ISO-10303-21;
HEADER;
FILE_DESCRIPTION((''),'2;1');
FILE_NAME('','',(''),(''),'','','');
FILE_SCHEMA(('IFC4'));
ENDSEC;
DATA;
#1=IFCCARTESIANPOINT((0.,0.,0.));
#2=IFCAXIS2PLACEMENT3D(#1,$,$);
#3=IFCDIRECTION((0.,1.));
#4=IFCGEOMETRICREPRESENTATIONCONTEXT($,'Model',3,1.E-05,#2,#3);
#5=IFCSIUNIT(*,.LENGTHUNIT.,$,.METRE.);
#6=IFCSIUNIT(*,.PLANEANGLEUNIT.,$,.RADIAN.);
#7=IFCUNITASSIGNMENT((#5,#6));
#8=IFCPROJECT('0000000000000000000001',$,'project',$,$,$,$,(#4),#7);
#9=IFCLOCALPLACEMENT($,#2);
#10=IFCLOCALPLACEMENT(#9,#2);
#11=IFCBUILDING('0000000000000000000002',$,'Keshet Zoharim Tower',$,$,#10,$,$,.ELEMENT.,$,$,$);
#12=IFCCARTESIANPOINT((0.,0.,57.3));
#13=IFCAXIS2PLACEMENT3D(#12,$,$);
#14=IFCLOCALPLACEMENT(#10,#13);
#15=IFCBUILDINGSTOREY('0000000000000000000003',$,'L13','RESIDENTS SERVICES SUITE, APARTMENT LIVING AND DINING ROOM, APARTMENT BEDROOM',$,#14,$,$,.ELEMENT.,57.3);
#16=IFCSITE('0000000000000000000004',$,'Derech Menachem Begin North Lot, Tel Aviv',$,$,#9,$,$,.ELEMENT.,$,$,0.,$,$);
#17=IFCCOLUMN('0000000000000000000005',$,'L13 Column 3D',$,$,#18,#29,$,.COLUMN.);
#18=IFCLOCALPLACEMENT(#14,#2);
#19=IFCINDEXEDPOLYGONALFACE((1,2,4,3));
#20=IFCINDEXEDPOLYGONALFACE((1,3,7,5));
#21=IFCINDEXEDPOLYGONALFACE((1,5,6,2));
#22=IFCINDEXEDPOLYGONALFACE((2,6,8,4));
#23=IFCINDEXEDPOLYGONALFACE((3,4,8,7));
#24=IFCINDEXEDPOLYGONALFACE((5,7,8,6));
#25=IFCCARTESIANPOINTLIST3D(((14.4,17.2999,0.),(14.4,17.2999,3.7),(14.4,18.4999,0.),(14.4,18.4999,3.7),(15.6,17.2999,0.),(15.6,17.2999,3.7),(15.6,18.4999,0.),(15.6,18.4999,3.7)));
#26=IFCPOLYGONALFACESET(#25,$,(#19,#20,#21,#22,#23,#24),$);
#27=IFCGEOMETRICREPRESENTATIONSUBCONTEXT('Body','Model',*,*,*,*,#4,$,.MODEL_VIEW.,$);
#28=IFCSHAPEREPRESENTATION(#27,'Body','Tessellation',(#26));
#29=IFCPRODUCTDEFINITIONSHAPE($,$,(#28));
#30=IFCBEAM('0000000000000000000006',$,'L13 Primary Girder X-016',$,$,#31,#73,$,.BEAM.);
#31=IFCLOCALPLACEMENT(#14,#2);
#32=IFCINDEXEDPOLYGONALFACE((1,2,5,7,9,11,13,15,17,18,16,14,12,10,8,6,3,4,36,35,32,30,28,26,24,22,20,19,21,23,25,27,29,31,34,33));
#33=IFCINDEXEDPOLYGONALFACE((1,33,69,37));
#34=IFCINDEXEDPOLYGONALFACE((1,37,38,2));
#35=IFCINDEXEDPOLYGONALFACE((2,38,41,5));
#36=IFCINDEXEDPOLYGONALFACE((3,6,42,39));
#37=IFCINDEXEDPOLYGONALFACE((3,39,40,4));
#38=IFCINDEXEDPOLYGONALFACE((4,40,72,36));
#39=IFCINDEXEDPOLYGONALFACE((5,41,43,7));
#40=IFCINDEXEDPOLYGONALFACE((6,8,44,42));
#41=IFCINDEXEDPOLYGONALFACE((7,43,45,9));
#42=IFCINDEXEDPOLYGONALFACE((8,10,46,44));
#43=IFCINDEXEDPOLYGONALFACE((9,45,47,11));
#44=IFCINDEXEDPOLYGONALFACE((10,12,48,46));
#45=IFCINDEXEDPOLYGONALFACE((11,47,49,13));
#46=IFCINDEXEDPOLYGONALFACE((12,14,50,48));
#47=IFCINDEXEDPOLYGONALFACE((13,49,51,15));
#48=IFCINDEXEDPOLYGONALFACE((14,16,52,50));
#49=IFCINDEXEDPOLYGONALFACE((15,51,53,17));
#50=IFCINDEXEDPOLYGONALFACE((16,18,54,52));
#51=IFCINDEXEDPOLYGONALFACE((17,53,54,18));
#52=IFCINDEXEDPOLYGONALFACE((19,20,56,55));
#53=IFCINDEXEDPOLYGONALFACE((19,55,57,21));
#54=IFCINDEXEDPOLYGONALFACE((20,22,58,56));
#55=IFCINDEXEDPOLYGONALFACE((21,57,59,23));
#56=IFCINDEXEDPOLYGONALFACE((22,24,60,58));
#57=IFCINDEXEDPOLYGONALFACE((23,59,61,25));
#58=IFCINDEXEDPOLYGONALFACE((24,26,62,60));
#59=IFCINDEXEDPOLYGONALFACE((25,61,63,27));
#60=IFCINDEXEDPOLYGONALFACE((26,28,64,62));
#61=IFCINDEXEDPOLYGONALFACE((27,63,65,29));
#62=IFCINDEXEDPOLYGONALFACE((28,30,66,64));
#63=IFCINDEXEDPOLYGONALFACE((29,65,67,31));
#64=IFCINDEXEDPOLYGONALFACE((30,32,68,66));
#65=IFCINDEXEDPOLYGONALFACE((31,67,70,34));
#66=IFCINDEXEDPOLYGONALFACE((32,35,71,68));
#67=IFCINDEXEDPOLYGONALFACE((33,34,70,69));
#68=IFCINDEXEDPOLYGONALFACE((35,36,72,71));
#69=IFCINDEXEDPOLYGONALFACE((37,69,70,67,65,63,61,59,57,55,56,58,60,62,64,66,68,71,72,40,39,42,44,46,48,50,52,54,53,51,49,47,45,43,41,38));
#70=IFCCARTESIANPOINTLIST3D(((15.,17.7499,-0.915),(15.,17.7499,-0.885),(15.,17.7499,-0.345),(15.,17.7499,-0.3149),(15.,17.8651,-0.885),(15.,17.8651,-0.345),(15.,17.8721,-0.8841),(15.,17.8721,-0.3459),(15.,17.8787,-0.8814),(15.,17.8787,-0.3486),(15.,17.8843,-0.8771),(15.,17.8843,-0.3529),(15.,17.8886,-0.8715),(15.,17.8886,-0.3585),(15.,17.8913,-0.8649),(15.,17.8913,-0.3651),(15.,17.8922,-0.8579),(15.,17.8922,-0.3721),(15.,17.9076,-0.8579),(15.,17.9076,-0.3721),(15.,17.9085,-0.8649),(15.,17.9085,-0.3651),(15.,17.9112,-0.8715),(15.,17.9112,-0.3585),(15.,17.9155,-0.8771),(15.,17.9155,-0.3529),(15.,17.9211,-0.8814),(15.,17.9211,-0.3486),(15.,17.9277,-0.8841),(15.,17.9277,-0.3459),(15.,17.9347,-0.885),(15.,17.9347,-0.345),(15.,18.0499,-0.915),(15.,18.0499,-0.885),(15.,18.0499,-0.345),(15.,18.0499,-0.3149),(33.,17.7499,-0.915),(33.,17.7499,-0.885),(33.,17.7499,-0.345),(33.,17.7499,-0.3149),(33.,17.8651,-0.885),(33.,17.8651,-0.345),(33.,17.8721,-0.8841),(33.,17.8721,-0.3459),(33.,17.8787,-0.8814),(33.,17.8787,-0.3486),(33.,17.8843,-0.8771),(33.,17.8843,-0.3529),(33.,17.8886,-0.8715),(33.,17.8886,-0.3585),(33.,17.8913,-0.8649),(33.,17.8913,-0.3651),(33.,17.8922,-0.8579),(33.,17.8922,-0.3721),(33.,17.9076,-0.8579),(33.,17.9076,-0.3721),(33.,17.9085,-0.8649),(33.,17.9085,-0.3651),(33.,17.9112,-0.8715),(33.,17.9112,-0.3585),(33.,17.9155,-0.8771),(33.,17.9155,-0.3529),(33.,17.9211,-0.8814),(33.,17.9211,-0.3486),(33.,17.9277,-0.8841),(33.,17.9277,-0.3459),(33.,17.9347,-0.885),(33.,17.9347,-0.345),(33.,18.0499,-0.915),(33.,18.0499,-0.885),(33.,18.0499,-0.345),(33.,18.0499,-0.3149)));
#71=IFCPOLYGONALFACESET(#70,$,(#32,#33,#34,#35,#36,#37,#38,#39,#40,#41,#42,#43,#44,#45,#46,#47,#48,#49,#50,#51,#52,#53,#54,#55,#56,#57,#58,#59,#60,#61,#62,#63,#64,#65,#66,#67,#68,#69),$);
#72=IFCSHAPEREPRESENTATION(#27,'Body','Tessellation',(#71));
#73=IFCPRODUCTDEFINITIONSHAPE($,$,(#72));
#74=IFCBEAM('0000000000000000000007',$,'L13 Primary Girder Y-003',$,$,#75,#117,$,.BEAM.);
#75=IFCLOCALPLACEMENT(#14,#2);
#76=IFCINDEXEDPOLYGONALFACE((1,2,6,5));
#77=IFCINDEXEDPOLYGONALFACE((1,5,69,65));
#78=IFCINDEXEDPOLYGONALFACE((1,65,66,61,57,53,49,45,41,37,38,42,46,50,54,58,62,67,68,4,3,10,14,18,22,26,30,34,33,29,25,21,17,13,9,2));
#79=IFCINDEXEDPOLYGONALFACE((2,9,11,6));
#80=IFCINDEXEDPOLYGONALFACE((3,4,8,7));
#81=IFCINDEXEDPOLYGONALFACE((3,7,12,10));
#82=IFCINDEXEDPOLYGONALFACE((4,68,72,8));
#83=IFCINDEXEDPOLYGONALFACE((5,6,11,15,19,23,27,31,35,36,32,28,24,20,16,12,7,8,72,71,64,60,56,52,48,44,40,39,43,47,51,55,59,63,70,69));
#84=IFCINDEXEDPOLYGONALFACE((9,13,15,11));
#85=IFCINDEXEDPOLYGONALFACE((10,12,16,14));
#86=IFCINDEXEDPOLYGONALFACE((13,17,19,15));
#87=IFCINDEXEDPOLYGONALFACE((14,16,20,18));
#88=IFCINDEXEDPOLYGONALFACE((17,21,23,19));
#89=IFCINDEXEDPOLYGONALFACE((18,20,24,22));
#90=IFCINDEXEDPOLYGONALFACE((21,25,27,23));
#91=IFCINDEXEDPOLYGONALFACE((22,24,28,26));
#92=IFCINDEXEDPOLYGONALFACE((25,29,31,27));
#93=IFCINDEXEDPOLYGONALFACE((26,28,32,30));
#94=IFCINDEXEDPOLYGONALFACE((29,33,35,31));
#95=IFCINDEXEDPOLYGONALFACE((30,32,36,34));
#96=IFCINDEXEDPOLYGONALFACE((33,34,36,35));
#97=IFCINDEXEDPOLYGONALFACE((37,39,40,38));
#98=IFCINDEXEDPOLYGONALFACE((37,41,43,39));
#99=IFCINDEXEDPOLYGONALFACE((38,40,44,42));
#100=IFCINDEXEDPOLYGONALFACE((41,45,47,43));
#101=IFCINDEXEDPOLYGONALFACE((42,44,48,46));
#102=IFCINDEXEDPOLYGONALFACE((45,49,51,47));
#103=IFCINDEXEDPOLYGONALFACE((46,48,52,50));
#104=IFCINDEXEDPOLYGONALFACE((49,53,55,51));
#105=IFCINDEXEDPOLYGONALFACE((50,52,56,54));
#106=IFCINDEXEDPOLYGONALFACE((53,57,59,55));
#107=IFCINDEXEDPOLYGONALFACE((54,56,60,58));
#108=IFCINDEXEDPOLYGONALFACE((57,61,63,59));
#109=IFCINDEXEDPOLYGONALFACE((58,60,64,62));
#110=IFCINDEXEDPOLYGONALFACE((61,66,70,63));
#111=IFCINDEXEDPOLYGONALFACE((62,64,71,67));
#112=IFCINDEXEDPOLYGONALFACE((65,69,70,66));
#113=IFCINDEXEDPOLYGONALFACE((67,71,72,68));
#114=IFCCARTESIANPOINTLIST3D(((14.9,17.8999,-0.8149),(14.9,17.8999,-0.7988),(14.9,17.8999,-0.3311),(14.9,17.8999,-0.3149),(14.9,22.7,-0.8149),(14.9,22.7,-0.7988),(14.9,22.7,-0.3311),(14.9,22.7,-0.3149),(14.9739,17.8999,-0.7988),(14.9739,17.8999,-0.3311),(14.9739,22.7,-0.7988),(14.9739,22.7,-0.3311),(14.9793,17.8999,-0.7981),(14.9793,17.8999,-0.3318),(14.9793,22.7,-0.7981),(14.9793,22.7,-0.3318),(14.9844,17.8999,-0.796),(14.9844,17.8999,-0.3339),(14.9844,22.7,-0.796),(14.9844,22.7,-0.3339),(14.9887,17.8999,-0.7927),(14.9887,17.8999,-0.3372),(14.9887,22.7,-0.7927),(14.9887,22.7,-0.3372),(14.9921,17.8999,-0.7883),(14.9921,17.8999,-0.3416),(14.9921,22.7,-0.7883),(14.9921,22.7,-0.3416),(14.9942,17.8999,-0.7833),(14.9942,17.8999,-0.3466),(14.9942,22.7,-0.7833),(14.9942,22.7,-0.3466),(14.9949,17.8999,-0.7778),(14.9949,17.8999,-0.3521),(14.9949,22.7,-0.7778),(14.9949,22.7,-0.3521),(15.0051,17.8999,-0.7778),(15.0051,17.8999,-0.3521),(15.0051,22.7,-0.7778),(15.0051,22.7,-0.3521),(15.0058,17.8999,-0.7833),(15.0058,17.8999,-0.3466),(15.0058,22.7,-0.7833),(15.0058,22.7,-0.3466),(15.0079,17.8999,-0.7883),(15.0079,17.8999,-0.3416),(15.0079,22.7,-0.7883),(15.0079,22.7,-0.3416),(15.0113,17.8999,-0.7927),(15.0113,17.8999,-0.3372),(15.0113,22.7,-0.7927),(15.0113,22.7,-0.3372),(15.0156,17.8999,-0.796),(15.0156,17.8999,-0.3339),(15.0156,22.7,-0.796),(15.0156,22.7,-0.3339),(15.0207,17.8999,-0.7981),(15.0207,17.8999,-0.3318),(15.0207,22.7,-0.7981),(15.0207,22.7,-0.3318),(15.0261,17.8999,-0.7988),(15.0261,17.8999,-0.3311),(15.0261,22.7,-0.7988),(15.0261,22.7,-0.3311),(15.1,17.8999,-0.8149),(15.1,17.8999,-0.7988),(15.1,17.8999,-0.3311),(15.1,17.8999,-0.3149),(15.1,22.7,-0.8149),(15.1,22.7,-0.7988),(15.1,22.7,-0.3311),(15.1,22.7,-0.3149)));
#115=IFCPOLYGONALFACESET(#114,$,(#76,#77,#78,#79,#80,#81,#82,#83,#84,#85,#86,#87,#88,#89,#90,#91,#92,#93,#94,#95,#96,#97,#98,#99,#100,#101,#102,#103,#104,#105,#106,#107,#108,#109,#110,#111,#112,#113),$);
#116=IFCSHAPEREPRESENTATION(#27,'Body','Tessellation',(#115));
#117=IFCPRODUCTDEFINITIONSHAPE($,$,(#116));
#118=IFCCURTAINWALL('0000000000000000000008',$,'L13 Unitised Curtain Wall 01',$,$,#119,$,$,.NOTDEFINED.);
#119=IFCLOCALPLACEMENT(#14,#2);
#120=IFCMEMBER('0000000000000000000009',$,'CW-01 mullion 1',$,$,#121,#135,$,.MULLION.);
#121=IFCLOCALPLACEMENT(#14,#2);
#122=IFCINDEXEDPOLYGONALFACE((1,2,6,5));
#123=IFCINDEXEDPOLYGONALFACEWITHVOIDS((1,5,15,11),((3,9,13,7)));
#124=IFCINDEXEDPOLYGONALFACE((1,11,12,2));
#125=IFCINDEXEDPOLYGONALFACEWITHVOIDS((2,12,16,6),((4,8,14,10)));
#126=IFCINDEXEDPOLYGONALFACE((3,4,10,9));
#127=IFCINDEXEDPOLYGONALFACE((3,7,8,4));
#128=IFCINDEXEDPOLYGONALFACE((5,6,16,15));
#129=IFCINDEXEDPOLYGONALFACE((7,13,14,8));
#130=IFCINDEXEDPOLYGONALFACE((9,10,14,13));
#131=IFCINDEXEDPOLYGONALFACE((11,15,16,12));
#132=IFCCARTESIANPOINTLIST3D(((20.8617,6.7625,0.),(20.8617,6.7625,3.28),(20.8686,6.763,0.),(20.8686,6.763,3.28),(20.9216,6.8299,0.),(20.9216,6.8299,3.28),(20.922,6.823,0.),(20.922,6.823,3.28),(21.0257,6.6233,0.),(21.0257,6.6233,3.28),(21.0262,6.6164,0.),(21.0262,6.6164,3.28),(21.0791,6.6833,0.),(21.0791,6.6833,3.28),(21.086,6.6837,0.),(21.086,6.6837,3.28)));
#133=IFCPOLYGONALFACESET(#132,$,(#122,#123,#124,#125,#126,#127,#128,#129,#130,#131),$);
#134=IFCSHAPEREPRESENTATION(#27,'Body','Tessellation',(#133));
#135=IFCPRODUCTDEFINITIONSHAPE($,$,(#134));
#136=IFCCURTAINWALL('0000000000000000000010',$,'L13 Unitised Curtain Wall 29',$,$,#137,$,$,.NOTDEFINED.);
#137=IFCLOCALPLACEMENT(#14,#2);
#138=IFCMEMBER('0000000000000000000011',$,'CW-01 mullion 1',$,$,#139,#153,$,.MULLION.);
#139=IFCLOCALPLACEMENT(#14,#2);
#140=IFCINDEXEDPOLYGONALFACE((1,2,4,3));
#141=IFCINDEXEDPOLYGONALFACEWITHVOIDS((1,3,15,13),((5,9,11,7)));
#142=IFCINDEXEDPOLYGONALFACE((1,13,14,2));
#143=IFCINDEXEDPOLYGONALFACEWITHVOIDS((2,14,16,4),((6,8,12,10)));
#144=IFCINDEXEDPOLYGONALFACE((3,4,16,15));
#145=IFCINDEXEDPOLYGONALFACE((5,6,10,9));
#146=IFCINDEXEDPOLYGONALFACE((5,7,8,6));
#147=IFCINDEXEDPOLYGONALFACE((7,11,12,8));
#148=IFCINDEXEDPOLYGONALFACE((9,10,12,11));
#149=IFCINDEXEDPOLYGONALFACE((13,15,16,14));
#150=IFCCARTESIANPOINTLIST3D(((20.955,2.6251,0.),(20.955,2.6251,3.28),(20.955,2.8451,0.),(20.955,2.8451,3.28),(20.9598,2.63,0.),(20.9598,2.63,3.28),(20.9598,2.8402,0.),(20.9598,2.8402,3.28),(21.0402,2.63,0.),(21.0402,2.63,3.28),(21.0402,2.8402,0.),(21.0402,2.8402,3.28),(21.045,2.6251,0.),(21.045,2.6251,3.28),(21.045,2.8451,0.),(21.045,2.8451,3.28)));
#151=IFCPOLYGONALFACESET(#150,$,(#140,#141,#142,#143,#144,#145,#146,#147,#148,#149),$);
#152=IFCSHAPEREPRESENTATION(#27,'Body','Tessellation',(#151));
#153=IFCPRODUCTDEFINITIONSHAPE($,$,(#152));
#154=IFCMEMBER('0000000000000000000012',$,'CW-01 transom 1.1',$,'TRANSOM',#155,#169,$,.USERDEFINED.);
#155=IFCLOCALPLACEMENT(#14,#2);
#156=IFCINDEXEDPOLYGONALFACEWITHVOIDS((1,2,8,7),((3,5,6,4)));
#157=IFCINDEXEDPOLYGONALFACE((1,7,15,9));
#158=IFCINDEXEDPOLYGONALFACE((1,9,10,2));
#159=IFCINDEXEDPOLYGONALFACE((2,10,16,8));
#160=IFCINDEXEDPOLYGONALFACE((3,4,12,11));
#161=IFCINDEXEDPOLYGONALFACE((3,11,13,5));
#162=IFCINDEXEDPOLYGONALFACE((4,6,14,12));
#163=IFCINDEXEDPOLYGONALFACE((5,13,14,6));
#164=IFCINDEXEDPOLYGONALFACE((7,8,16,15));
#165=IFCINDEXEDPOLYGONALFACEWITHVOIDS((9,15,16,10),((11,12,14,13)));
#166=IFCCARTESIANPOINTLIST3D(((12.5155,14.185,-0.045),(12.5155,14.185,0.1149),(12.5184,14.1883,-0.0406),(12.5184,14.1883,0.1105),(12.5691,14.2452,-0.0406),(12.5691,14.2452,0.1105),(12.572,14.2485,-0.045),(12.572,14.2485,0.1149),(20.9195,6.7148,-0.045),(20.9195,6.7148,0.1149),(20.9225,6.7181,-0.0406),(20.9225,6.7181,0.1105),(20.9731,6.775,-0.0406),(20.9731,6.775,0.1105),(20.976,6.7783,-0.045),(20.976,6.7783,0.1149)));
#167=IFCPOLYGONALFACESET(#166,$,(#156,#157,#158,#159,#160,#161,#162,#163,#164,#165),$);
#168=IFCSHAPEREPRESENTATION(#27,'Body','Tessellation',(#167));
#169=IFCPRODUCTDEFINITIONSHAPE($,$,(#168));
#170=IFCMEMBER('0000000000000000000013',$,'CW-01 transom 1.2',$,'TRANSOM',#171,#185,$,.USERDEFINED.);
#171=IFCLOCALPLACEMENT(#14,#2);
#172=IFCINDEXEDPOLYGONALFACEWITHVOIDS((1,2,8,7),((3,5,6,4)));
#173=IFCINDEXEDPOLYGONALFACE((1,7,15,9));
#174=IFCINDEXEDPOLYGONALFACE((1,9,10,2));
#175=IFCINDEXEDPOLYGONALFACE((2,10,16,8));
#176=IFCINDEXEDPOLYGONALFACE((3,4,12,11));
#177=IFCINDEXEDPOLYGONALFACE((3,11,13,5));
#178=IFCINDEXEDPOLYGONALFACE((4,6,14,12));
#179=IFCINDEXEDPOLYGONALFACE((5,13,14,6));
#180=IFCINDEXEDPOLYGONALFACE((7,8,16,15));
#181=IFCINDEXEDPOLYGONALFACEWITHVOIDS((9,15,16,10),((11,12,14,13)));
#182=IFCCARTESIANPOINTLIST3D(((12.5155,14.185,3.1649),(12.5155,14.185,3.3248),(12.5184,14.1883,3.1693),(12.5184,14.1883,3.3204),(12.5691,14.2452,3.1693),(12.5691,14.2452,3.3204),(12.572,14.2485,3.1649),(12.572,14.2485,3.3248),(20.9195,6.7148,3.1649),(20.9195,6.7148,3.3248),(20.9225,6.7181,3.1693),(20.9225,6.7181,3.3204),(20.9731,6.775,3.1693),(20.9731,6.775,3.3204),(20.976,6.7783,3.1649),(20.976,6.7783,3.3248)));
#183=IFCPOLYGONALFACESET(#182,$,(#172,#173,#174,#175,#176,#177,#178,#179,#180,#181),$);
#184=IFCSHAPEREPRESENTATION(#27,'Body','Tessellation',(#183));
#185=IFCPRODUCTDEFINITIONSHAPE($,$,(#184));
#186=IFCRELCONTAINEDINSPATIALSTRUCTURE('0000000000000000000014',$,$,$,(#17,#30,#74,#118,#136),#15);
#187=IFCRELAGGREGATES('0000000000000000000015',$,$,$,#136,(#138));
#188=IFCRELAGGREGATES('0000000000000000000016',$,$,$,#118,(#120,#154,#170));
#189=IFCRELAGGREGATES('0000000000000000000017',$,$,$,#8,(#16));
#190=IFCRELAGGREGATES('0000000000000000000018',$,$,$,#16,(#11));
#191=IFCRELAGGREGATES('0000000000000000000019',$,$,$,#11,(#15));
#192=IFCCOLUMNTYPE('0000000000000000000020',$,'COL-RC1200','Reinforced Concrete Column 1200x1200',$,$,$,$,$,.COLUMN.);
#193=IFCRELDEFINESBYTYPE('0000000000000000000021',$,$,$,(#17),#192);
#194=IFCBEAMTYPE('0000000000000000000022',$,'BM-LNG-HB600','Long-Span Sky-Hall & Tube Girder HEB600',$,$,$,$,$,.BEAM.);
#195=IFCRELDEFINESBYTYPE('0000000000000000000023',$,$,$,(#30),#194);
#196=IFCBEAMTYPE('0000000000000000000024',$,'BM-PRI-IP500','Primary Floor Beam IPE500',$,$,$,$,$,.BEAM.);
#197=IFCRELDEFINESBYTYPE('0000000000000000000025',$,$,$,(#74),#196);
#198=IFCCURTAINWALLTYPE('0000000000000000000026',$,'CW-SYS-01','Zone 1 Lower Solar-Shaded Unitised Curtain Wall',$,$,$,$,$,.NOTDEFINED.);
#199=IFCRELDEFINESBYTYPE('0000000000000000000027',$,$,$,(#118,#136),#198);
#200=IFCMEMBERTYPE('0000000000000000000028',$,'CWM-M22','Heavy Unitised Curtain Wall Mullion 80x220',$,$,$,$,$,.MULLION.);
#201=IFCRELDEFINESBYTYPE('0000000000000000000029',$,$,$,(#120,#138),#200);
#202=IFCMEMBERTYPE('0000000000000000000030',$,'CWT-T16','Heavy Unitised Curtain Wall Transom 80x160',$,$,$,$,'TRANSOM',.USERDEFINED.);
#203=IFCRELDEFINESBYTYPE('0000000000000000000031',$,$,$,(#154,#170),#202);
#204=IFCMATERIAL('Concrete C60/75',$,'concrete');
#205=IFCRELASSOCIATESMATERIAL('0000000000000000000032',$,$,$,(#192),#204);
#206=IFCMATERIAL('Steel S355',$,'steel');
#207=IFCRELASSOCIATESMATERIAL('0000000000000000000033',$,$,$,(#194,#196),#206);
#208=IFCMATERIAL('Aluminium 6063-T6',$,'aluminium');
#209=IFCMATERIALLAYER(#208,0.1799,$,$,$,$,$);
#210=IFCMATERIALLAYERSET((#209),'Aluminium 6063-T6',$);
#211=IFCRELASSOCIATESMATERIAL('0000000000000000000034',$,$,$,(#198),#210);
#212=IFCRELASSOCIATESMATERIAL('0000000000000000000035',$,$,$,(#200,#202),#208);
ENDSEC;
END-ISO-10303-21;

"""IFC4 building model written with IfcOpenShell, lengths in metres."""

from ifc_helpers import new_model, si_unit, direction, frame, origin, origin_2d, place, context, subcontext, project, spatial, rectangle, hollow_rectangle, i_section, extrude, material, layer, layer_set, material_profile, profile_set, type_object, element, aggregate, save


model = new_model("IFC4")

# Units and contexts
model_context = context("Model", 3, precision=1e-05, world=origin(), true_north=direction((0.0, 1.0)))
body_context = subcontext(model_context, "Body", "Model", "MODEL_VIEW")
ifc_project = project(units=[si_unit("LENGTHUNIT", "METRE"), si_unit("PLANEANGLEUNIT", "RADIAN")], contexts=[model_context])

# Site, building, storey
site_placement = place(None, origin())
site = spatial("IfcSite", under=ifc_project, at=site_placement, Name="Derech Menachem Begin North Lot, Tel Aviv", CompositionType="ELEMENT", RefElevation=0.0)
building_placement = place(site_placement, origin())
building = spatial("IfcBuilding", under=site, at=building_placement, Name="Keshet Zoharim Tower", CompositionType="ELEMENT")
storey_placement = place(building_placement, frame((0.0, 0.0, 57.3)))
storey = spatial("IfcBuildingStorey", under=building, at=storey_placement, Name="L13", Description="RESIDENTS SERVICES SUITE, APARTMENT LIVING AND DINING ROOM, APARTMENT BEDROOM", CompositionType="ELEMENT", Elevation=57.3)

# Column
ifc_material_1 = material(Name="Concrete C60/75", Category="concrete")
ifc_material_profile_1 = material_profile(ifc_material_1, rectangle(XDim=1.2, YDim=1.2, at=origin_2d()), Name="RC1200x1200")
ifc_profile_set_1 = profile_set([ifc_material_profile_1], Name="Concrete C60/75")
column_type = type_object("IfcColumnType", Name="COL-RC1200", Description="Reinforced Concrete Column 1200x1200", PredefinedType="COLUMN", material=ifc_profile_set_1)
column_placement = place(storey_placement, frame((15.0, 17.8999, 0.0), z_axis=(0.0, 0.0, 1.0), x_axis=(1.0, 0.0, 0.0)))
element("IfcColumn", 1, at=column_placement, inside=storey, type_object=column_type, Name="L13 Column 3D", PredefinedType="COLUMN", context=body_context, shape_type="SweptSolid", body=[
    extrude(rectangle(XDim=1.2, YDim=1.2, at=origin_2d()), origin(), (0.0, 0.0, 1.0), 3.7),
])

# Beams
ifc_material_2 = material(Name="Steel S355", Category="steel")
ifc_material_profile_2 = material_profile(ifc_material_2, i_section(OverallWidth=0.3, OverallDepth=0.6001, WebThickness=0.0154, FlangeThickness=0.03, FilletRadius=0.0271, at=origin_2d()), Name="HEB600")
ifc_profile_set_2 = profile_set([ifc_material_profile_2], Name="Steel S355")
beam_type_1 = type_object("IfcBeamType", Name="BM-LNG-HB600", Description="Long-Span Sky-Hall & Tube Girder HEB600", PredefinedType="BEAM", material=ifc_profile_set_2)
beam_1_placement = place(storey_placement, frame((15.0, 17.8999, -0.615), z_axis=(1.0, 0.0, 0.0), x_axis=(0.0, 1.0, 0.0)))
element("IfcBeam", 2, at=beam_1_placement, inside=storey, type_object=beam_type_1, Name="L13 Primary Girder X-016", PredefinedType="BEAM", context=body_context, shape_type="SweptSolid", body=[
    extrude(i_section(OverallWidth=0.3, OverallDepth=0.6001, WebThickness=0.0154, FlangeThickness=0.03, FilletRadius=0.0271, at=origin_2d()), origin(), (0.0, 0.0, 1.0), 18.0),
])
ifc_material_profile_3 = material_profile(ifc_material_2, i_section(OverallWidth=0.2, OverallDepth=0.5, WebThickness=0.0103, FlangeThickness=0.0161, FilletRadius=0.021, at=origin_2d()), Name="IPE500")
ifc_profile_set_3 = profile_set([ifc_material_profile_3], Name="Steel S355")
beam_type_2 = type_object("IfcBeamType", Name="BM-PRI-IP500", Description="Primary Floor Beam IPE500", PredefinedType="BEAM", material=ifc_profile_set_3)
beam_2_placement = place(storey_placement, frame((15.0, 17.8999, -0.5649), z_axis=(0.0, 1.0, 0.0), x_axis=(-1.0, 0.0, 0.0)))
element("IfcBeam", 3, at=beam_2_placement, inside=storey, type_object=beam_type_2, Name="L13 Primary Girder Y-003", PredefinedType="BEAM", context=body_context, shape_type="SweptSolid", body=[
    extrude(i_section(OverallWidth=0.2, OverallDepth=0.5, WebThickness=0.0103, FlangeThickness=0.0161, FilletRadius=0.021, at=origin_2d()), origin(), (0.0, 0.0, 1.0), 4.8),
])

# Curtain walls, members
ifc_material_3 = material(Name="Aluminium 6063-T6", Category="aluminium")
ifc_layer_1 = layer(ifc_material_3, 0.1799)
ifc_layer_set_1 = layer_set([ifc_layer_1], Name="Aluminium 6063-T6")
curtain_wall_type = type_object("IfcCurtainWallType", Name="CW-SYS-01", Description="Zone 1 Lower Solar-Shaded Unitised Curtain Wall", PredefinedType="NOTDEFINED", material=ifc_layer_set_1)
curtain_wall_1_placement = place(storey_placement, origin())
curtain_wall_1 = element("IfcCurtainWall", 4, at=curtain_wall_1_placement, inside=storey, type_object=curtain_wall_type, Name="L13 Unitised Curtain Wall 01", PredefinedType="NOTDEFINED")
ifc_material_profile_4 = material_profile(ifc_material_3, hollow_rectangle(XDim=0.0901, YDim=0.22, WallThickness=0.0049, at=origin_2d()), Name="MUL-90x220")
ifc_profile_set_4 = profile_set([ifc_material_profile_4], Name="Aluminium 6063-T6")
member_type_1 = type_object("IfcMemberType", Name="CWM-M22", Description="Heavy Unitised Curtain Wall Mullion 80x220", PredefinedType="MULLION", material=ifc_profile_set_4)
member_1_placement = place(storey_placement, frame((20.9739, 6.7231, 0.0), z_axis=(0.0, 0.0, 1.0), x_axis=(-0.664364, -0.747409, 0.0)))
member_1 = element("IfcMember", 5, at=member_1_placement, type_object=member_type_1, Name="CW-01 mullion 1", PredefinedType="MULLION", context=body_context, shape_type="SweptSolid", body=[
    extrude(hollow_rectangle(XDim=0.0901, YDim=0.22, WallThickness=0.0049, at=origin_2d()), origin(), (0.0, 0.0, 1.0), 3.28),
])
curtain_wall_2_placement = place(storey_placement, origin())
curtain_wall_2 = element("IfcCurtainWall", 6, at=curtain_wall_2_placement, inside=storey, type_object=curtain_wall_type, Name="L13 Unitised Curtain Wall 29", PredefinedType="NOTDEFINED")
member_2_placement = place(storey_placement, frame((21.0, 2.7351, 0.0), z_axis=(0.0, 0.0, 1.0), x_axis=(-1.0, 0.0, 0.0)))
member_2 = element("IfcMember", 7, at=member_2_placement, type_object=member_type_1, Name="CW-01 mullion 1", PredefinedType="MULLION", context=body_context, shape_type="SweptSolid", body=[
    extrude(hollow_rectangle(XDim=0.0901, YDim=0.22, WallThickness=0.0049, at=origin_2d()), origin(), (0.0, 0.0, 1.0), 3.28),
])
aggregate(curtain_wall_2, [member_2])

# Members
ifc_material_profile_5 = material_profile(ifc_material_3, hollow_rectangle(XDim=0.085, YDim=0.1599, WallThickness=0.0044, at=origin_2d()), Name="TRN-85x160")
ifc_profile_set_5 = profile_set([ifc_material_profile_5], Name="Aluminium 6063-T6")
member_type_2 = type_object("IfcMemberType", Name="CWT-T16", Description="Heavy Unitised Curtain Wall Transom 80x160", ElementType="TRANSOM", PredefinedType="USERDEFINED", material=ifc_profile_set_5)
member_3_placement = place(storey_placement, frame((20.9478, 6.7466, 0.0349), z_axis=(-0.747412, 0.664361, 0.0), x_axis=(-0.664361, -0.747412, 0.0)))
member_3 = element("IfcMember", 8, at=member_3_placement, type_object=member_type_2, Name="CW-01 transom 1.1", ObjectType="TRANSOM", PredefinedType="USERDEFINED", context=body_context, shape_type="SweptSolid", body=[
    extrude(hollow_rectangle(XDim=0.085, YDim=0.1599, WallThickness=0.0044, at=origin_2d()), origin(), (0.0, 0.0, 1.0), 11.2441),
])
member_4_placement = place(storey_placement, frame((20.9478, 6.7466, 3.2449), z_axis=(-0.747412, 0.664361, 0.0), x_axis=(-0.664361, -0.747412, 0.0)))
member_4 = element("IfcMember", 9, at=member_4_placement, type_object=member_type_2, Name="CW-01 transom 1.2", ObjectType="TRANSOM", PredefinedType="USERDEFINED", context=body_context, shape_type="SweptSolid", body=[
    extrude(hollow_rectangle(XDim=0.085, YDim=0.1599, WallThickness=0.0044, at=origin_2d()), origin(), (0.0, 0.0, 1.0), 11.2441),
])

aggregate(curtain_wall_1, [member_1, member_3, member_4])

save(model, "model.ifc")
